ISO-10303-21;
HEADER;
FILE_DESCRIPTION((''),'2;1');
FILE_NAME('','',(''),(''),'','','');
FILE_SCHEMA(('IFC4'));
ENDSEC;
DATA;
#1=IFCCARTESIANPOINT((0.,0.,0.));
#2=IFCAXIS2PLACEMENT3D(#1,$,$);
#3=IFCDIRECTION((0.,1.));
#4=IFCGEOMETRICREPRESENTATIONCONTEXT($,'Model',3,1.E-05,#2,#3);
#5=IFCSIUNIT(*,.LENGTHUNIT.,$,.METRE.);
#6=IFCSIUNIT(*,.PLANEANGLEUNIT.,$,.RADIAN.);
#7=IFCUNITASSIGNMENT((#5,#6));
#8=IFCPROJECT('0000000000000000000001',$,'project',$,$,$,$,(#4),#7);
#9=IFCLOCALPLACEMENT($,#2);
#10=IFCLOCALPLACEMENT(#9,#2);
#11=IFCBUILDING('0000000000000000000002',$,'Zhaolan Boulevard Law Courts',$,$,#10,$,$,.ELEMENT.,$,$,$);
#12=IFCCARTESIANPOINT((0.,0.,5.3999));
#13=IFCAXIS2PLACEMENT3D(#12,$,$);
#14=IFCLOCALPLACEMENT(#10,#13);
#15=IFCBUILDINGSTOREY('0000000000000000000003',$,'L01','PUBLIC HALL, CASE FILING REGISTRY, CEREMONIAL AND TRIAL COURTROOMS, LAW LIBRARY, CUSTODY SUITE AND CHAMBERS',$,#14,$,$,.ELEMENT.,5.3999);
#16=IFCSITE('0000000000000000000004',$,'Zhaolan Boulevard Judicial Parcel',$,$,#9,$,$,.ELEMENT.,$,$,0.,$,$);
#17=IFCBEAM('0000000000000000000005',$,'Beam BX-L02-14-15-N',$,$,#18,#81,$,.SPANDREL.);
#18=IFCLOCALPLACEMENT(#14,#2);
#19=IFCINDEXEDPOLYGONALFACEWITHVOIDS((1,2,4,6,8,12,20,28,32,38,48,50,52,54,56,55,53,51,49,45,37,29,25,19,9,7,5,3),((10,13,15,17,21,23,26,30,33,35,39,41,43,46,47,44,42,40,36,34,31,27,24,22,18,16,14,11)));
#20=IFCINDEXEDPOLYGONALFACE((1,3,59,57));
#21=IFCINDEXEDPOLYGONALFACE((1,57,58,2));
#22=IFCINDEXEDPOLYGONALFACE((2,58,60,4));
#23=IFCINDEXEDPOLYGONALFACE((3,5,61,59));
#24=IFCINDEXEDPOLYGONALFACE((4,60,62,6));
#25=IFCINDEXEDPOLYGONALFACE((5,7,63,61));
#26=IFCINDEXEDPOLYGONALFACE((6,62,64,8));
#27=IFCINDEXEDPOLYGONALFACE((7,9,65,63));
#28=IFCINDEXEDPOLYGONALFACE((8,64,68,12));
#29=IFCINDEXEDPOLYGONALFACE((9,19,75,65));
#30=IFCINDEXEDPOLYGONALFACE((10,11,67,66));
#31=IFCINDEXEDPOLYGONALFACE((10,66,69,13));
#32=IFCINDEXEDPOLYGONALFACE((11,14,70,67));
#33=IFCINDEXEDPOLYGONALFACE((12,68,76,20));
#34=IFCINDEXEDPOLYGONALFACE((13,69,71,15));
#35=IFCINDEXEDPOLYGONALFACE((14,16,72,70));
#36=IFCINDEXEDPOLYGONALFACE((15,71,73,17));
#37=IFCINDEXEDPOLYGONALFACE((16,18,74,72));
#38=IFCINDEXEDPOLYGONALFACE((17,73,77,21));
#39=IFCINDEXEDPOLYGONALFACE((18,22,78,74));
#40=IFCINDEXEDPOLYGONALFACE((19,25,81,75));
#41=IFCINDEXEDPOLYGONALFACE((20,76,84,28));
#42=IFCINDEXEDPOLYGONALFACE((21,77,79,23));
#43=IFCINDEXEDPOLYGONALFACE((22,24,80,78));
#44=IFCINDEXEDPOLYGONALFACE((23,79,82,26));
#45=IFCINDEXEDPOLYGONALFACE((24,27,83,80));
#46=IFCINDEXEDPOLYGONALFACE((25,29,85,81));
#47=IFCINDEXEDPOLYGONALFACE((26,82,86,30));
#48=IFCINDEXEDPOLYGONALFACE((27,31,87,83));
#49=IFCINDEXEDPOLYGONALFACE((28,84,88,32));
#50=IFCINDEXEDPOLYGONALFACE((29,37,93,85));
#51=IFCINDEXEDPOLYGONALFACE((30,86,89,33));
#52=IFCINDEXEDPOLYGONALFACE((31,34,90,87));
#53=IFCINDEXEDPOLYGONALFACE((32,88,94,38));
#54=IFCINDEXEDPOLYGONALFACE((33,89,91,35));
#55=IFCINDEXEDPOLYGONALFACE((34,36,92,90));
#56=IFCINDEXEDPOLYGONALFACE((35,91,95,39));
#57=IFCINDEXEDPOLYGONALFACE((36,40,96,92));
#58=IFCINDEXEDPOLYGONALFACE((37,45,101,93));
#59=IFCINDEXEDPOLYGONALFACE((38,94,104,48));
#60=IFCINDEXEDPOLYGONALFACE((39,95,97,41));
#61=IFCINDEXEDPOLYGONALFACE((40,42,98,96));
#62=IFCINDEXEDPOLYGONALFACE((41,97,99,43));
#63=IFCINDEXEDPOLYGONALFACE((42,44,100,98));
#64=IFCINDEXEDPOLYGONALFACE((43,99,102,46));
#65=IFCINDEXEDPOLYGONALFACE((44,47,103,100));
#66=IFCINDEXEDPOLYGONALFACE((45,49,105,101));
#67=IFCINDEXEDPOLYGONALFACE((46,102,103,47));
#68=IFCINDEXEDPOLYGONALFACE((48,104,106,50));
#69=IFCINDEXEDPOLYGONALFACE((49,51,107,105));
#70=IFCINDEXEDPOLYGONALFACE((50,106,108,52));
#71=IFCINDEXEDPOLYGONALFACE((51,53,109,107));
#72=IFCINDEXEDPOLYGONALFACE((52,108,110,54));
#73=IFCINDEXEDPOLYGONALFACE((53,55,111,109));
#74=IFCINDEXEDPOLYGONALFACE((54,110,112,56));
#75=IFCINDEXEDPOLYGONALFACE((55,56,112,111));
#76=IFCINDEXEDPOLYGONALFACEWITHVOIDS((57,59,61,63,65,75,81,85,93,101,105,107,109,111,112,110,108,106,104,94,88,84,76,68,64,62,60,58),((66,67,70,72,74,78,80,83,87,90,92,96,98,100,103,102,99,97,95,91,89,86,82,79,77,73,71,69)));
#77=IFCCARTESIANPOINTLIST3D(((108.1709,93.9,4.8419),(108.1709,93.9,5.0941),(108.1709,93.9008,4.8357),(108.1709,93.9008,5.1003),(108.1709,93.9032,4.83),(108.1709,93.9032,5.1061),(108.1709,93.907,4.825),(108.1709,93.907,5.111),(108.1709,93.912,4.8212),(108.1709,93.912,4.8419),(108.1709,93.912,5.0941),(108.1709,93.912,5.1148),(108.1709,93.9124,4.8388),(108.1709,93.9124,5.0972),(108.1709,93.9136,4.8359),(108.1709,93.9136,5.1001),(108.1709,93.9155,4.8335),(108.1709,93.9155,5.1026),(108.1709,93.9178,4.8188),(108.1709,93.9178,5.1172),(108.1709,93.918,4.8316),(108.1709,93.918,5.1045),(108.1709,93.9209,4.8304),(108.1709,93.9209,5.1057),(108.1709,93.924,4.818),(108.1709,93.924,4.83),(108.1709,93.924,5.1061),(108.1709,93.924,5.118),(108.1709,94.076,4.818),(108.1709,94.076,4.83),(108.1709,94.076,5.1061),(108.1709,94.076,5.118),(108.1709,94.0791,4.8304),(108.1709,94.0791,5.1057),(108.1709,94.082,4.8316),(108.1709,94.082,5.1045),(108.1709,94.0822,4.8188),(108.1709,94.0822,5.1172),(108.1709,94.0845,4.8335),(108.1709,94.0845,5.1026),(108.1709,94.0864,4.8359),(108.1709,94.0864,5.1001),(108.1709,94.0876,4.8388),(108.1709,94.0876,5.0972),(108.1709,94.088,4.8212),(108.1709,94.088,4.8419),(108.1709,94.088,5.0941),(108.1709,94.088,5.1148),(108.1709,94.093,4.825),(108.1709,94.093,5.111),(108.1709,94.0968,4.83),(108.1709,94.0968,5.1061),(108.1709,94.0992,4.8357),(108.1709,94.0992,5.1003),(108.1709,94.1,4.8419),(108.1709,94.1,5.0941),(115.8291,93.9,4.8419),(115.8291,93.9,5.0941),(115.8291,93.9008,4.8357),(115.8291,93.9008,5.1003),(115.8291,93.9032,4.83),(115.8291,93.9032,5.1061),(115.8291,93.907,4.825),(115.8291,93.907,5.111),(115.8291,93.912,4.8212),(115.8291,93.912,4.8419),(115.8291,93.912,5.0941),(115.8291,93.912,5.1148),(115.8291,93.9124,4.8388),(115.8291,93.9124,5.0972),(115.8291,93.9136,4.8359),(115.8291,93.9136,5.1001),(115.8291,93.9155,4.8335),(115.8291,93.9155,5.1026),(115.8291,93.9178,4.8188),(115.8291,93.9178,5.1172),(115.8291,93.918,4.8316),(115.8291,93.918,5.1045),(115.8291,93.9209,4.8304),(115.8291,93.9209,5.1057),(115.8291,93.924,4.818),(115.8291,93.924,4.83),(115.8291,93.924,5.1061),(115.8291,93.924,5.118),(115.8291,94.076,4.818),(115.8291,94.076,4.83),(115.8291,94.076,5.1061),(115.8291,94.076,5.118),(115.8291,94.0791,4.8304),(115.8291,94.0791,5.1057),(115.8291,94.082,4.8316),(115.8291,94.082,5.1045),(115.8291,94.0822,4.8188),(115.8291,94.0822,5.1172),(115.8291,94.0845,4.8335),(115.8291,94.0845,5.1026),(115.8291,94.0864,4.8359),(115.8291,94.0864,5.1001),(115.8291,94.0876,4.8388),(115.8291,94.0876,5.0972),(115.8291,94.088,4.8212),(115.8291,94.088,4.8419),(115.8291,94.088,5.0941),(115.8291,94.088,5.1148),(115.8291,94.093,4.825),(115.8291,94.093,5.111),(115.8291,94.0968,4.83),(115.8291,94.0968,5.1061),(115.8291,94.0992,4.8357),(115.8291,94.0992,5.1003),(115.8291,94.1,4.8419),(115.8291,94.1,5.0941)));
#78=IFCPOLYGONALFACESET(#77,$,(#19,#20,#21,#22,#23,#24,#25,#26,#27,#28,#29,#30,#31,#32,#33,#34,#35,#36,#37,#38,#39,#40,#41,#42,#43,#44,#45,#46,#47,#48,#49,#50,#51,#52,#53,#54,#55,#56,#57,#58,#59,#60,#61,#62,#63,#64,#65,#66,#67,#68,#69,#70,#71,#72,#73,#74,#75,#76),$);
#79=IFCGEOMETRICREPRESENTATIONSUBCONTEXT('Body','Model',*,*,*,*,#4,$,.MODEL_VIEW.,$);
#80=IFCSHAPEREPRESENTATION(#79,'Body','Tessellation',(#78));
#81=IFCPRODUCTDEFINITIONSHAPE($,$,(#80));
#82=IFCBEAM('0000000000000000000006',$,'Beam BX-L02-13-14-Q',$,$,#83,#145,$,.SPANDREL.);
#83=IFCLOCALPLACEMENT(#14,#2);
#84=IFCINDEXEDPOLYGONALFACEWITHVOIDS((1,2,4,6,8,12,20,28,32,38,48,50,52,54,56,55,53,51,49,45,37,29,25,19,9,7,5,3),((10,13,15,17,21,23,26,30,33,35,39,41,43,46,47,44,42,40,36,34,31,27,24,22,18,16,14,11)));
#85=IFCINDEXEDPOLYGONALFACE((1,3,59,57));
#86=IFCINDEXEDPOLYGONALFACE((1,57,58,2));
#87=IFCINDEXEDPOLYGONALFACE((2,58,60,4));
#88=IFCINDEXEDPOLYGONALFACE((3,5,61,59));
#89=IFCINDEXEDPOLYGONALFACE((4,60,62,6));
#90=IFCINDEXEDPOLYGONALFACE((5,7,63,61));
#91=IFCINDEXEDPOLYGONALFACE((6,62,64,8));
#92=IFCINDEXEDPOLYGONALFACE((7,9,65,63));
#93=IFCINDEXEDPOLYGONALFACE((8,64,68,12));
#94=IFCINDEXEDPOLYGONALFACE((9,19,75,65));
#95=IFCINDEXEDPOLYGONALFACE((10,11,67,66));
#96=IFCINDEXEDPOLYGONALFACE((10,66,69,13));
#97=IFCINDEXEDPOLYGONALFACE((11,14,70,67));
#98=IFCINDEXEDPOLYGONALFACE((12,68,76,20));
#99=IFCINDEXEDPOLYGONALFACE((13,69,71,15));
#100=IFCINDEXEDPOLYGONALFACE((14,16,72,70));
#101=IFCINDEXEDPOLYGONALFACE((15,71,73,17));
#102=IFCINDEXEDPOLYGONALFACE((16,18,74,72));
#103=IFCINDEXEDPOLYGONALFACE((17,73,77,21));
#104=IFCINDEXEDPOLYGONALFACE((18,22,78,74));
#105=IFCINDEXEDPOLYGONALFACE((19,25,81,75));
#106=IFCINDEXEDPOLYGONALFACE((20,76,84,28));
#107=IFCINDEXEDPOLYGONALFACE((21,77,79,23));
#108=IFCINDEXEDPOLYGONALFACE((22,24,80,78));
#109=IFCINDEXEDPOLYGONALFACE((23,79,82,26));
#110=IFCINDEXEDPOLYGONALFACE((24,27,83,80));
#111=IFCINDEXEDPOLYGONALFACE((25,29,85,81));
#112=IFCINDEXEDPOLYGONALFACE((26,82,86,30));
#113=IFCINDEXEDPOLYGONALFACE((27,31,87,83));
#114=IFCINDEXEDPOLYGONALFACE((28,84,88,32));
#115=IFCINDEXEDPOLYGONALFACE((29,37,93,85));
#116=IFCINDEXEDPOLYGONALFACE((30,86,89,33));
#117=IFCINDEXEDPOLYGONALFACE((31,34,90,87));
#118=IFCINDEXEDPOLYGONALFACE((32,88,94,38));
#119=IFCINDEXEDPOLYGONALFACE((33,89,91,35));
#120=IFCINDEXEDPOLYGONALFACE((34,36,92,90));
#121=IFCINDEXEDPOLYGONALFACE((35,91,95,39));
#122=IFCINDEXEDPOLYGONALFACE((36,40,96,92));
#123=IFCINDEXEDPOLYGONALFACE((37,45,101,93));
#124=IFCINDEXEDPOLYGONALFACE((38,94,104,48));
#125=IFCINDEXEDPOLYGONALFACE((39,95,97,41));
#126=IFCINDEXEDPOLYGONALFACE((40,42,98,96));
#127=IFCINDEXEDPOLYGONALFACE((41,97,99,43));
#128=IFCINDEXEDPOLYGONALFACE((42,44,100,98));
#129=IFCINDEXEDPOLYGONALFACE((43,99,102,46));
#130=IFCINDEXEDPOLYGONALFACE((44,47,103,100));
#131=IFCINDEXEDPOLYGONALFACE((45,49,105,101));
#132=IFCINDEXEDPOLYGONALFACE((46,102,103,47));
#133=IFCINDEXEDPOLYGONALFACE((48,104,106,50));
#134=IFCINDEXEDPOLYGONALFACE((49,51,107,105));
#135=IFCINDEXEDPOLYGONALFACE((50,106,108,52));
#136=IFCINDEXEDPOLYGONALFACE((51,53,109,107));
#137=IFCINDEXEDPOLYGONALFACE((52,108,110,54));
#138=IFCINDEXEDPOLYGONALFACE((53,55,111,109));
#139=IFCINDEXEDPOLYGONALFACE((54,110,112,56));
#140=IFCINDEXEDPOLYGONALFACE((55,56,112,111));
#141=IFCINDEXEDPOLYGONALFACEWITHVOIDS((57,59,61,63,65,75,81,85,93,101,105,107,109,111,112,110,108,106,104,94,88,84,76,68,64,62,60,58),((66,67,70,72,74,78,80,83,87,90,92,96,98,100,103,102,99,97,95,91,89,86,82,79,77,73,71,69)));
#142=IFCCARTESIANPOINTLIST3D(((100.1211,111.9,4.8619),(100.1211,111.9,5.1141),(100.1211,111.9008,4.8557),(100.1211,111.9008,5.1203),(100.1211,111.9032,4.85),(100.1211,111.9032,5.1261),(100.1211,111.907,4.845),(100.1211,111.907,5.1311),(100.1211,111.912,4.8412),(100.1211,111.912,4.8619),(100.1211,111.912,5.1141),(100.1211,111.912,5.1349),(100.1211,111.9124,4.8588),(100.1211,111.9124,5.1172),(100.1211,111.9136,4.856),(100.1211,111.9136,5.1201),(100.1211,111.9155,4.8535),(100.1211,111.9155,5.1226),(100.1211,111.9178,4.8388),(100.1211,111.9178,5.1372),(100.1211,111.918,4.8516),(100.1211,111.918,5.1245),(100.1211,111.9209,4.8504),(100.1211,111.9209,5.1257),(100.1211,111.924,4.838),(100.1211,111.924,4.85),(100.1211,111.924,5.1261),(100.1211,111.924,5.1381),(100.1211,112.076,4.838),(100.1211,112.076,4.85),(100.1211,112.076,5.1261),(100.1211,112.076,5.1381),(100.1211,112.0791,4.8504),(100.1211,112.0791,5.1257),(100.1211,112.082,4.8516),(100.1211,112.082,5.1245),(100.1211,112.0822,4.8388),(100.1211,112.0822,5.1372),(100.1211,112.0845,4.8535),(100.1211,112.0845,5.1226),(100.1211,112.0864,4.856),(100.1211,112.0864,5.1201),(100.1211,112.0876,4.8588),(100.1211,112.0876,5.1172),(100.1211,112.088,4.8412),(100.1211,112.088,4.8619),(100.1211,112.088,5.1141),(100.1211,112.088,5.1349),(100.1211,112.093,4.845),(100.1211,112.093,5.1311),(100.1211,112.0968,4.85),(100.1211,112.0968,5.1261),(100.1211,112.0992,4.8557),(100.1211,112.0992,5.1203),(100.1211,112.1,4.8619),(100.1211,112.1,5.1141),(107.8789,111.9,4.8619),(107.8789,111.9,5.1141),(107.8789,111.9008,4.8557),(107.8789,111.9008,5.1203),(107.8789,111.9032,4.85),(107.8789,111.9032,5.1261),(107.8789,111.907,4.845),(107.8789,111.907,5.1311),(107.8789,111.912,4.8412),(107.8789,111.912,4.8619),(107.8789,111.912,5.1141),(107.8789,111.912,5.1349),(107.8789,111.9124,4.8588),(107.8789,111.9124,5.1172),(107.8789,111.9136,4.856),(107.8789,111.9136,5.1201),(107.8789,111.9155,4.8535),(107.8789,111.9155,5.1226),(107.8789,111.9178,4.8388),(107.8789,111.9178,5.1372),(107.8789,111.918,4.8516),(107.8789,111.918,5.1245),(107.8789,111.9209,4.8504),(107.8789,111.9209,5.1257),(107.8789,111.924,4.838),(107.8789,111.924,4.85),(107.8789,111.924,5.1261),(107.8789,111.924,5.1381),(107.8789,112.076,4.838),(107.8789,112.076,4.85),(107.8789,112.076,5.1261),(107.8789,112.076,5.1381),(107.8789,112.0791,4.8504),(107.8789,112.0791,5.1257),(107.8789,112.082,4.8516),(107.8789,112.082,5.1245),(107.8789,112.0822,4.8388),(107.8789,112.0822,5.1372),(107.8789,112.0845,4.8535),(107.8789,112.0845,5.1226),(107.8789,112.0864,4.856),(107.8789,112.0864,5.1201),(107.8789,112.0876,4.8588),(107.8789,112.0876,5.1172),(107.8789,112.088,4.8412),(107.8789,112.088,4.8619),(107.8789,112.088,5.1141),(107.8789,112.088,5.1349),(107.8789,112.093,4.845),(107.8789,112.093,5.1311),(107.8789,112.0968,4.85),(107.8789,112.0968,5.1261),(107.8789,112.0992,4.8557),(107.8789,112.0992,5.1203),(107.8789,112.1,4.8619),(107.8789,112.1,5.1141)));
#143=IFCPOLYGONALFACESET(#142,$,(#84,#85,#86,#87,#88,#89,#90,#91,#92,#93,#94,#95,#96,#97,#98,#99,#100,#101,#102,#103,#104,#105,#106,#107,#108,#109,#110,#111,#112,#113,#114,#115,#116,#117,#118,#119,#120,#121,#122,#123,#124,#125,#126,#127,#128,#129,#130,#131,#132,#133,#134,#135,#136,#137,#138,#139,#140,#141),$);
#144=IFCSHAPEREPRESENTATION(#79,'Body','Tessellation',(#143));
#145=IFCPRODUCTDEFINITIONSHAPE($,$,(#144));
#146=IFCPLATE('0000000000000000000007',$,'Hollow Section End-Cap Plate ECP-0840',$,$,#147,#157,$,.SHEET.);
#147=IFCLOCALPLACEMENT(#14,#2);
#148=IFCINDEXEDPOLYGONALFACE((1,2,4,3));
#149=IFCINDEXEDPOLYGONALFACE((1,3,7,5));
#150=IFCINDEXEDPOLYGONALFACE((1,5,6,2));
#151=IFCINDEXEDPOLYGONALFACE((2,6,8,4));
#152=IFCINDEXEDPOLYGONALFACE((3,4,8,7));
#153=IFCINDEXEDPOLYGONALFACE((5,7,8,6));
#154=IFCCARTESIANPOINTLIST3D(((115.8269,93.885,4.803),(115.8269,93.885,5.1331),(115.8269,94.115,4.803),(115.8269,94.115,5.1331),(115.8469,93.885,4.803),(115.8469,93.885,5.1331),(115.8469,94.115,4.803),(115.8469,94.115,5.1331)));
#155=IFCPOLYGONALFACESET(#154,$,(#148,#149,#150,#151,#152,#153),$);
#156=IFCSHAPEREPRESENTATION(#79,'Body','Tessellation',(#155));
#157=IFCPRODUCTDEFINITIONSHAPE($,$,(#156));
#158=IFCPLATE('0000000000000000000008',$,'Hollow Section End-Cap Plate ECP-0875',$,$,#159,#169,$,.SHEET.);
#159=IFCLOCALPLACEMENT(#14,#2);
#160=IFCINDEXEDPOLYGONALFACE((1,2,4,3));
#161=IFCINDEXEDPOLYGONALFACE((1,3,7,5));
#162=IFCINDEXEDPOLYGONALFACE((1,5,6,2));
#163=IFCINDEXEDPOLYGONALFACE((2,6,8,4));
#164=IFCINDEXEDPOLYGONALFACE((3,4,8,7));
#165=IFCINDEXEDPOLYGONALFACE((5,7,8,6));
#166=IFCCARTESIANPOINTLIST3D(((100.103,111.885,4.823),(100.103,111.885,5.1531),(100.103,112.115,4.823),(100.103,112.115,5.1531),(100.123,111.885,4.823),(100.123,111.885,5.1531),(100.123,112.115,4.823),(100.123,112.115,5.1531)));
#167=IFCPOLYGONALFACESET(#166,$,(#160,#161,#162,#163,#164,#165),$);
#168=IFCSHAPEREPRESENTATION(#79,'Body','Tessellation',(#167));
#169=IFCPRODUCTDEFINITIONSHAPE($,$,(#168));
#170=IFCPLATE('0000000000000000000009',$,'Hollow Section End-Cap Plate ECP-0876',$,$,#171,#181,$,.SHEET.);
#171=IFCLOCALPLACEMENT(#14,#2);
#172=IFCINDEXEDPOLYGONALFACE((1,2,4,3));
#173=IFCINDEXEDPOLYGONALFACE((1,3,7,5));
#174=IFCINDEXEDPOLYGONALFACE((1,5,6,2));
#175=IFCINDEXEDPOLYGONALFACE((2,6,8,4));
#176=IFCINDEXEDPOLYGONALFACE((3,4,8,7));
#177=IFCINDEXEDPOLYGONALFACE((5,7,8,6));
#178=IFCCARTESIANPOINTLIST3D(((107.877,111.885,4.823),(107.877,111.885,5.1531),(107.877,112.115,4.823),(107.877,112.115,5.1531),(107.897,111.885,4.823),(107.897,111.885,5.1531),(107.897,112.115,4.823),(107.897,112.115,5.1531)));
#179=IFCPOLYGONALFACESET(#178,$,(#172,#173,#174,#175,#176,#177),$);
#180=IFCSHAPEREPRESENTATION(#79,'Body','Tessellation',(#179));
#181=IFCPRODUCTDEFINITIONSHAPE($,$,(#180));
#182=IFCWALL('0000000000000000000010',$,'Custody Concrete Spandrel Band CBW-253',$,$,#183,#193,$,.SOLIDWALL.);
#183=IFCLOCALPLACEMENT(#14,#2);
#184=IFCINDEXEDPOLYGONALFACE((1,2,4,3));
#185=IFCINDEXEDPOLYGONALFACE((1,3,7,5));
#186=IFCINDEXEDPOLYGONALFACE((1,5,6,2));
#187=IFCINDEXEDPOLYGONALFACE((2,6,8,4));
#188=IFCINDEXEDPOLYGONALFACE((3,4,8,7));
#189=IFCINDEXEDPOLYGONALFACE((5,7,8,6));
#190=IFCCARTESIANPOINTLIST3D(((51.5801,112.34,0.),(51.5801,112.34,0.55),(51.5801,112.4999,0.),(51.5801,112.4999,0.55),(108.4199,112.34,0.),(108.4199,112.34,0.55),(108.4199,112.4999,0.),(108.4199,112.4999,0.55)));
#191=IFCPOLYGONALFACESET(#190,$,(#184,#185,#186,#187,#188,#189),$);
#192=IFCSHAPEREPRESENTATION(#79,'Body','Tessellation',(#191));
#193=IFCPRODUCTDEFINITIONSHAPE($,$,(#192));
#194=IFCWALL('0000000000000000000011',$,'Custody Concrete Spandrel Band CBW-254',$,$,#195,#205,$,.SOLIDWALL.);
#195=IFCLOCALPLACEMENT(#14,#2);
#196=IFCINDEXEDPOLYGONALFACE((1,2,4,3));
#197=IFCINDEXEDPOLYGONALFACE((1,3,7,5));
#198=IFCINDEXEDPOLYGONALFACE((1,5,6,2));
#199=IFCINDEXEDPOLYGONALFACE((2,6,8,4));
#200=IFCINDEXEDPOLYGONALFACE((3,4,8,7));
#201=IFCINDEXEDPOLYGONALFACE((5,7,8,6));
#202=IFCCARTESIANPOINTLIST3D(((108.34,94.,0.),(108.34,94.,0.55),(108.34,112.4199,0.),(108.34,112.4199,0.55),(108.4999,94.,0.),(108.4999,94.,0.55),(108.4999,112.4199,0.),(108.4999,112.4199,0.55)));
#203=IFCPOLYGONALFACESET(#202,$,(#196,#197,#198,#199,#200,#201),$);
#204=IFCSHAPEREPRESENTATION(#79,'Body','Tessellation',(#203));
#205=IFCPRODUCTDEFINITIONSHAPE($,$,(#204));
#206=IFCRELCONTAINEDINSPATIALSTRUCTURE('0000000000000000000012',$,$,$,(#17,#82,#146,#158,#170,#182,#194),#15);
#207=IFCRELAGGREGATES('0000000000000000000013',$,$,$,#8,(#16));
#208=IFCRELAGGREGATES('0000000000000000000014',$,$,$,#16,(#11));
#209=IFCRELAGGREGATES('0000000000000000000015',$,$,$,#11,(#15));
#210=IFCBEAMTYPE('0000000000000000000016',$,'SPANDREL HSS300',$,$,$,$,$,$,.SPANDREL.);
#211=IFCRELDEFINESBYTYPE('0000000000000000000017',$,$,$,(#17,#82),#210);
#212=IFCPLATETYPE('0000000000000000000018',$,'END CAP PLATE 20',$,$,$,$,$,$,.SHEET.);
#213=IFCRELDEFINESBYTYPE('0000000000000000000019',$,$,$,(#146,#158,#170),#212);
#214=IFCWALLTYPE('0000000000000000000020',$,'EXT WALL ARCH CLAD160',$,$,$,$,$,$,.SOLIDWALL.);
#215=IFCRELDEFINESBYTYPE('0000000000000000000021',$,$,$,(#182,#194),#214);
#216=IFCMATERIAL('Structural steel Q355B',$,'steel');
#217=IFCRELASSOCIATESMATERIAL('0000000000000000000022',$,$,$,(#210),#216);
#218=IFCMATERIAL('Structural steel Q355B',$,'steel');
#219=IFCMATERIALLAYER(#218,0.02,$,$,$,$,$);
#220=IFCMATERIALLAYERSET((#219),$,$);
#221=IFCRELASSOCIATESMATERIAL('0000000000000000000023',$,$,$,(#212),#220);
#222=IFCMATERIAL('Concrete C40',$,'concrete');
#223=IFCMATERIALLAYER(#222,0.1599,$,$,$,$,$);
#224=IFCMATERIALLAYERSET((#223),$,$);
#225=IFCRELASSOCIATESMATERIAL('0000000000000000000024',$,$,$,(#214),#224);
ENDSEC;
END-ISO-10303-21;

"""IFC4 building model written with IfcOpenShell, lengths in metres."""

from ifc_helpers import new_model, si_unit, direction, frame, frame_2d, origin, origin_2d, place, context, subcontext, project, spatial, rectangle, hollow_rectangle, extrude, material, layer, layer_set, material_profile, profile_set, type_object, element, save


model = new_model("IFC4")

# Units and contexts
model_context = context("Model", 3, precision=1e-05, world=origin(), true_north=direction((0.0, 1.0)))
body_context = subcontext(model_context, "Body", "Model", "MODEL_VIEW")
ifc_project = project(units=[si_unit("LENGTHUNIT", "METRE"), si_unit("PLANEANGLEUNIT", "RADIAN")], contexts=[model_context])

# Site, building, storey
site_placement = place(None, origin())
site = spatial("IfcSite", under=ifc_project, at=site_placement, Name="Zhaolan Boulevard Judicial Parcel", CompositionType="ELEMENT", RefElevation=0.0)
building_placement = place(site_placement, origin())
building = spatial("IfcBuilding", under=site, at=building_placement, Name="Zhaolan Boulevard Law Courts", CompositionType="ELEMENT")
storey_placement = place(building_placement, frame((0.0, 0.0, 5.3999)))
storey = spatial("IfcBuildingStorey", under=building, at=storey_placement, Name="L01", Description="PUBLIC HALL, CASE FILING REGISTRY, CEREMONIAL AND TRIAL COURTROOMS, LAW LIBRARY, CUSTODY SUITE AND CHAMBERS", CompositionType="ELEMENT", Elevation=5.3999)

# Beams
ifc_material_1 = material(Name="Structural steel Q355B", Category="steel")
ifc_material_profile_1 = material_profile(ifc_material_1, hollow_rectangle(XDim=0.2, YDim=0.3, WallThickness=0.012, InnerFilletRadius=0.012, OuterFilletRadius=0.0239, at=origin_2d()), Name="HSS300x200x12")
ifc_profile_set_1 = profile_set([ifc_material_profile_1], Name="Structural steel Q355B")
beam_type_1 = type_object("IfcBeamType", Name="SPANDREL HSS300", PredefinedType="SPANDREL", material=ifc_profile_set_1)
beam_1_placement = place(storey_placement, frame((108.1709, 94.0, 4.968), z_axis=(1.0, 0.0, 0.0), x_axis=(0.0, 1.0, 0.0)))
element("IfcBeam", 1, at=beam_1_placement, inside=storey, type_object=beam_type_1, Name="Beam BX-L02-14-15-N", PredefinedType="SPANDREL", context=body_context, shape_type="SweptSolid", body=[
    extrude(hollow_rectangle(XDim=0.2, YDim=0.3, WallThickness=0.012, InnerFilletRadius=0.012, OuterFilletRadius=0.0239, at=origin_2d()), origin(), (0.0, 0.0, 1.0), 7.6582),
])
beam_2_placement = place(storey_placement, frame((100.1211, 112.0, 4.988), z_axis=(1.0, 0.0, 0.0), x_axis=(0.0, 1.0, 0.0)))
element("IfcBeam", 2, at=beam_2_placement, inside=storey, type_object=beam_type_1, Name="Beam BX-L02-13-14-Q", PredefinedType="SPANDREL", context=body_context, shape_type="SweptSolid", body=[
    extrude(hollow_rectangle(XDim=0.2, YDim=0.3, WallThickness=0.012, InnerFilletRadius=0.012, OuterFilletRadius=0.0239, at=origin_2d()), origin(), (0.0, 0.0, 1.0), 7.7578),
])

# Plates
ifc_material_2 = material(Name="Structural steel Q355B", Category="steel")
ifc_layer_1 = layer(ifc_material_2, 0.02)
ifc_layer_set_1 = layer_set([ifc_layer_1])
plate_type = type_object("IfcPlateType", Name="END CAP PLATE 20", PredefinedType="SHEET", material=ifc_layer_set_1)
for number, where, z_axis, x_axis, name in (
    (3, (115.8369, 94.0, 4.803), (0.0, 0.0, 1.0), (1.0, 0.0, 0.0), "Hollow Section End-Cap Plate ECP-0840"),
    (4, (100.113, 112.0, 4.823), (0.0, 0.0, 1.0), (1.0, 0.0, 0.0), "Hollow Section End-Cap Plate ECP-0875"),
    (5, (107.887, 112.0, 4.823), (0.0, 0.0, 1.0), (1.0, 0.0, 0.0), "Hollow Section End-Cap Plate ECP-0876"),
):
    element("IfcPlate", number, at=place(storey_placement, frame(where, z_axis=z_axis, x_axis=x_axis)), inside=storey, type_object=plate_type, Name=name, PredefinedType="SHEET", context=body_context, shape_type="SweptSolid", body=[
        extrude(rectangle(XDim=0.02, YDim=0.23, at=origin_2d()), origin(), (0.0, 0.0, 1.0), 0.3301),
    ])

# Walls
ifc_material_3 = material(Name="Concrete C40", Category="concrete")
ifc_layer_2 = layer(ifc_material_3, 0.1599)
ifc_layer_set_2 = layer_set([ifc_layer_2])
wall_type_1 = type_object("IfcWallType", Name="EXT WALL ARCH CLAD160", PredefinedType="SOLIDWALL", material=ifc_layer_set_2)
wall_1_placement = place(storey_placement, frame((108.4199, 112.4199, 0.0), z_axis=(0.0, 0.0, 1.0), x_axis=(-1.0, 0.0, 0.0)))
element("IfcWall", 6, at=wall_1_placement, inside=storey, type_object=wall_type_1, Name="Custody Concrete Spandrel Band CBW-253", PredefinedType="SOLIDWALL", context=body_context, shape_type="SweptSolid", body=[
    extrude(rectangle(XDim=56.8398, YDim=0.1599, at=frame_2d((28.4199, 0.0))), origin(), (0.0, 0.0, 1.0), 0.55),
])
wall_2_placement = place(storey_placement, frame((108.4199, 94.0, 0.0), z_axis=(0.0, 0.0, 1.0), x_axis=(0.0, 1.0, 0.0)))
element("IfcWall", 7, at=wall_2_placement, inside=storey, type_object=wall_type_1, Name="Custody Concrete Spandrel Band CBW-254", PredefinedType="SOLIDWALL", context=body_context, shape_type="SweptSolid", body=[
    extrude(rectangle(XDim=18.4199, YDim=0.1599, at=frame_2d((9.21, 0.0))), origin(), (0.0, 0.0, 1.0), 0.55),
])

save(model, "model.ifc")
